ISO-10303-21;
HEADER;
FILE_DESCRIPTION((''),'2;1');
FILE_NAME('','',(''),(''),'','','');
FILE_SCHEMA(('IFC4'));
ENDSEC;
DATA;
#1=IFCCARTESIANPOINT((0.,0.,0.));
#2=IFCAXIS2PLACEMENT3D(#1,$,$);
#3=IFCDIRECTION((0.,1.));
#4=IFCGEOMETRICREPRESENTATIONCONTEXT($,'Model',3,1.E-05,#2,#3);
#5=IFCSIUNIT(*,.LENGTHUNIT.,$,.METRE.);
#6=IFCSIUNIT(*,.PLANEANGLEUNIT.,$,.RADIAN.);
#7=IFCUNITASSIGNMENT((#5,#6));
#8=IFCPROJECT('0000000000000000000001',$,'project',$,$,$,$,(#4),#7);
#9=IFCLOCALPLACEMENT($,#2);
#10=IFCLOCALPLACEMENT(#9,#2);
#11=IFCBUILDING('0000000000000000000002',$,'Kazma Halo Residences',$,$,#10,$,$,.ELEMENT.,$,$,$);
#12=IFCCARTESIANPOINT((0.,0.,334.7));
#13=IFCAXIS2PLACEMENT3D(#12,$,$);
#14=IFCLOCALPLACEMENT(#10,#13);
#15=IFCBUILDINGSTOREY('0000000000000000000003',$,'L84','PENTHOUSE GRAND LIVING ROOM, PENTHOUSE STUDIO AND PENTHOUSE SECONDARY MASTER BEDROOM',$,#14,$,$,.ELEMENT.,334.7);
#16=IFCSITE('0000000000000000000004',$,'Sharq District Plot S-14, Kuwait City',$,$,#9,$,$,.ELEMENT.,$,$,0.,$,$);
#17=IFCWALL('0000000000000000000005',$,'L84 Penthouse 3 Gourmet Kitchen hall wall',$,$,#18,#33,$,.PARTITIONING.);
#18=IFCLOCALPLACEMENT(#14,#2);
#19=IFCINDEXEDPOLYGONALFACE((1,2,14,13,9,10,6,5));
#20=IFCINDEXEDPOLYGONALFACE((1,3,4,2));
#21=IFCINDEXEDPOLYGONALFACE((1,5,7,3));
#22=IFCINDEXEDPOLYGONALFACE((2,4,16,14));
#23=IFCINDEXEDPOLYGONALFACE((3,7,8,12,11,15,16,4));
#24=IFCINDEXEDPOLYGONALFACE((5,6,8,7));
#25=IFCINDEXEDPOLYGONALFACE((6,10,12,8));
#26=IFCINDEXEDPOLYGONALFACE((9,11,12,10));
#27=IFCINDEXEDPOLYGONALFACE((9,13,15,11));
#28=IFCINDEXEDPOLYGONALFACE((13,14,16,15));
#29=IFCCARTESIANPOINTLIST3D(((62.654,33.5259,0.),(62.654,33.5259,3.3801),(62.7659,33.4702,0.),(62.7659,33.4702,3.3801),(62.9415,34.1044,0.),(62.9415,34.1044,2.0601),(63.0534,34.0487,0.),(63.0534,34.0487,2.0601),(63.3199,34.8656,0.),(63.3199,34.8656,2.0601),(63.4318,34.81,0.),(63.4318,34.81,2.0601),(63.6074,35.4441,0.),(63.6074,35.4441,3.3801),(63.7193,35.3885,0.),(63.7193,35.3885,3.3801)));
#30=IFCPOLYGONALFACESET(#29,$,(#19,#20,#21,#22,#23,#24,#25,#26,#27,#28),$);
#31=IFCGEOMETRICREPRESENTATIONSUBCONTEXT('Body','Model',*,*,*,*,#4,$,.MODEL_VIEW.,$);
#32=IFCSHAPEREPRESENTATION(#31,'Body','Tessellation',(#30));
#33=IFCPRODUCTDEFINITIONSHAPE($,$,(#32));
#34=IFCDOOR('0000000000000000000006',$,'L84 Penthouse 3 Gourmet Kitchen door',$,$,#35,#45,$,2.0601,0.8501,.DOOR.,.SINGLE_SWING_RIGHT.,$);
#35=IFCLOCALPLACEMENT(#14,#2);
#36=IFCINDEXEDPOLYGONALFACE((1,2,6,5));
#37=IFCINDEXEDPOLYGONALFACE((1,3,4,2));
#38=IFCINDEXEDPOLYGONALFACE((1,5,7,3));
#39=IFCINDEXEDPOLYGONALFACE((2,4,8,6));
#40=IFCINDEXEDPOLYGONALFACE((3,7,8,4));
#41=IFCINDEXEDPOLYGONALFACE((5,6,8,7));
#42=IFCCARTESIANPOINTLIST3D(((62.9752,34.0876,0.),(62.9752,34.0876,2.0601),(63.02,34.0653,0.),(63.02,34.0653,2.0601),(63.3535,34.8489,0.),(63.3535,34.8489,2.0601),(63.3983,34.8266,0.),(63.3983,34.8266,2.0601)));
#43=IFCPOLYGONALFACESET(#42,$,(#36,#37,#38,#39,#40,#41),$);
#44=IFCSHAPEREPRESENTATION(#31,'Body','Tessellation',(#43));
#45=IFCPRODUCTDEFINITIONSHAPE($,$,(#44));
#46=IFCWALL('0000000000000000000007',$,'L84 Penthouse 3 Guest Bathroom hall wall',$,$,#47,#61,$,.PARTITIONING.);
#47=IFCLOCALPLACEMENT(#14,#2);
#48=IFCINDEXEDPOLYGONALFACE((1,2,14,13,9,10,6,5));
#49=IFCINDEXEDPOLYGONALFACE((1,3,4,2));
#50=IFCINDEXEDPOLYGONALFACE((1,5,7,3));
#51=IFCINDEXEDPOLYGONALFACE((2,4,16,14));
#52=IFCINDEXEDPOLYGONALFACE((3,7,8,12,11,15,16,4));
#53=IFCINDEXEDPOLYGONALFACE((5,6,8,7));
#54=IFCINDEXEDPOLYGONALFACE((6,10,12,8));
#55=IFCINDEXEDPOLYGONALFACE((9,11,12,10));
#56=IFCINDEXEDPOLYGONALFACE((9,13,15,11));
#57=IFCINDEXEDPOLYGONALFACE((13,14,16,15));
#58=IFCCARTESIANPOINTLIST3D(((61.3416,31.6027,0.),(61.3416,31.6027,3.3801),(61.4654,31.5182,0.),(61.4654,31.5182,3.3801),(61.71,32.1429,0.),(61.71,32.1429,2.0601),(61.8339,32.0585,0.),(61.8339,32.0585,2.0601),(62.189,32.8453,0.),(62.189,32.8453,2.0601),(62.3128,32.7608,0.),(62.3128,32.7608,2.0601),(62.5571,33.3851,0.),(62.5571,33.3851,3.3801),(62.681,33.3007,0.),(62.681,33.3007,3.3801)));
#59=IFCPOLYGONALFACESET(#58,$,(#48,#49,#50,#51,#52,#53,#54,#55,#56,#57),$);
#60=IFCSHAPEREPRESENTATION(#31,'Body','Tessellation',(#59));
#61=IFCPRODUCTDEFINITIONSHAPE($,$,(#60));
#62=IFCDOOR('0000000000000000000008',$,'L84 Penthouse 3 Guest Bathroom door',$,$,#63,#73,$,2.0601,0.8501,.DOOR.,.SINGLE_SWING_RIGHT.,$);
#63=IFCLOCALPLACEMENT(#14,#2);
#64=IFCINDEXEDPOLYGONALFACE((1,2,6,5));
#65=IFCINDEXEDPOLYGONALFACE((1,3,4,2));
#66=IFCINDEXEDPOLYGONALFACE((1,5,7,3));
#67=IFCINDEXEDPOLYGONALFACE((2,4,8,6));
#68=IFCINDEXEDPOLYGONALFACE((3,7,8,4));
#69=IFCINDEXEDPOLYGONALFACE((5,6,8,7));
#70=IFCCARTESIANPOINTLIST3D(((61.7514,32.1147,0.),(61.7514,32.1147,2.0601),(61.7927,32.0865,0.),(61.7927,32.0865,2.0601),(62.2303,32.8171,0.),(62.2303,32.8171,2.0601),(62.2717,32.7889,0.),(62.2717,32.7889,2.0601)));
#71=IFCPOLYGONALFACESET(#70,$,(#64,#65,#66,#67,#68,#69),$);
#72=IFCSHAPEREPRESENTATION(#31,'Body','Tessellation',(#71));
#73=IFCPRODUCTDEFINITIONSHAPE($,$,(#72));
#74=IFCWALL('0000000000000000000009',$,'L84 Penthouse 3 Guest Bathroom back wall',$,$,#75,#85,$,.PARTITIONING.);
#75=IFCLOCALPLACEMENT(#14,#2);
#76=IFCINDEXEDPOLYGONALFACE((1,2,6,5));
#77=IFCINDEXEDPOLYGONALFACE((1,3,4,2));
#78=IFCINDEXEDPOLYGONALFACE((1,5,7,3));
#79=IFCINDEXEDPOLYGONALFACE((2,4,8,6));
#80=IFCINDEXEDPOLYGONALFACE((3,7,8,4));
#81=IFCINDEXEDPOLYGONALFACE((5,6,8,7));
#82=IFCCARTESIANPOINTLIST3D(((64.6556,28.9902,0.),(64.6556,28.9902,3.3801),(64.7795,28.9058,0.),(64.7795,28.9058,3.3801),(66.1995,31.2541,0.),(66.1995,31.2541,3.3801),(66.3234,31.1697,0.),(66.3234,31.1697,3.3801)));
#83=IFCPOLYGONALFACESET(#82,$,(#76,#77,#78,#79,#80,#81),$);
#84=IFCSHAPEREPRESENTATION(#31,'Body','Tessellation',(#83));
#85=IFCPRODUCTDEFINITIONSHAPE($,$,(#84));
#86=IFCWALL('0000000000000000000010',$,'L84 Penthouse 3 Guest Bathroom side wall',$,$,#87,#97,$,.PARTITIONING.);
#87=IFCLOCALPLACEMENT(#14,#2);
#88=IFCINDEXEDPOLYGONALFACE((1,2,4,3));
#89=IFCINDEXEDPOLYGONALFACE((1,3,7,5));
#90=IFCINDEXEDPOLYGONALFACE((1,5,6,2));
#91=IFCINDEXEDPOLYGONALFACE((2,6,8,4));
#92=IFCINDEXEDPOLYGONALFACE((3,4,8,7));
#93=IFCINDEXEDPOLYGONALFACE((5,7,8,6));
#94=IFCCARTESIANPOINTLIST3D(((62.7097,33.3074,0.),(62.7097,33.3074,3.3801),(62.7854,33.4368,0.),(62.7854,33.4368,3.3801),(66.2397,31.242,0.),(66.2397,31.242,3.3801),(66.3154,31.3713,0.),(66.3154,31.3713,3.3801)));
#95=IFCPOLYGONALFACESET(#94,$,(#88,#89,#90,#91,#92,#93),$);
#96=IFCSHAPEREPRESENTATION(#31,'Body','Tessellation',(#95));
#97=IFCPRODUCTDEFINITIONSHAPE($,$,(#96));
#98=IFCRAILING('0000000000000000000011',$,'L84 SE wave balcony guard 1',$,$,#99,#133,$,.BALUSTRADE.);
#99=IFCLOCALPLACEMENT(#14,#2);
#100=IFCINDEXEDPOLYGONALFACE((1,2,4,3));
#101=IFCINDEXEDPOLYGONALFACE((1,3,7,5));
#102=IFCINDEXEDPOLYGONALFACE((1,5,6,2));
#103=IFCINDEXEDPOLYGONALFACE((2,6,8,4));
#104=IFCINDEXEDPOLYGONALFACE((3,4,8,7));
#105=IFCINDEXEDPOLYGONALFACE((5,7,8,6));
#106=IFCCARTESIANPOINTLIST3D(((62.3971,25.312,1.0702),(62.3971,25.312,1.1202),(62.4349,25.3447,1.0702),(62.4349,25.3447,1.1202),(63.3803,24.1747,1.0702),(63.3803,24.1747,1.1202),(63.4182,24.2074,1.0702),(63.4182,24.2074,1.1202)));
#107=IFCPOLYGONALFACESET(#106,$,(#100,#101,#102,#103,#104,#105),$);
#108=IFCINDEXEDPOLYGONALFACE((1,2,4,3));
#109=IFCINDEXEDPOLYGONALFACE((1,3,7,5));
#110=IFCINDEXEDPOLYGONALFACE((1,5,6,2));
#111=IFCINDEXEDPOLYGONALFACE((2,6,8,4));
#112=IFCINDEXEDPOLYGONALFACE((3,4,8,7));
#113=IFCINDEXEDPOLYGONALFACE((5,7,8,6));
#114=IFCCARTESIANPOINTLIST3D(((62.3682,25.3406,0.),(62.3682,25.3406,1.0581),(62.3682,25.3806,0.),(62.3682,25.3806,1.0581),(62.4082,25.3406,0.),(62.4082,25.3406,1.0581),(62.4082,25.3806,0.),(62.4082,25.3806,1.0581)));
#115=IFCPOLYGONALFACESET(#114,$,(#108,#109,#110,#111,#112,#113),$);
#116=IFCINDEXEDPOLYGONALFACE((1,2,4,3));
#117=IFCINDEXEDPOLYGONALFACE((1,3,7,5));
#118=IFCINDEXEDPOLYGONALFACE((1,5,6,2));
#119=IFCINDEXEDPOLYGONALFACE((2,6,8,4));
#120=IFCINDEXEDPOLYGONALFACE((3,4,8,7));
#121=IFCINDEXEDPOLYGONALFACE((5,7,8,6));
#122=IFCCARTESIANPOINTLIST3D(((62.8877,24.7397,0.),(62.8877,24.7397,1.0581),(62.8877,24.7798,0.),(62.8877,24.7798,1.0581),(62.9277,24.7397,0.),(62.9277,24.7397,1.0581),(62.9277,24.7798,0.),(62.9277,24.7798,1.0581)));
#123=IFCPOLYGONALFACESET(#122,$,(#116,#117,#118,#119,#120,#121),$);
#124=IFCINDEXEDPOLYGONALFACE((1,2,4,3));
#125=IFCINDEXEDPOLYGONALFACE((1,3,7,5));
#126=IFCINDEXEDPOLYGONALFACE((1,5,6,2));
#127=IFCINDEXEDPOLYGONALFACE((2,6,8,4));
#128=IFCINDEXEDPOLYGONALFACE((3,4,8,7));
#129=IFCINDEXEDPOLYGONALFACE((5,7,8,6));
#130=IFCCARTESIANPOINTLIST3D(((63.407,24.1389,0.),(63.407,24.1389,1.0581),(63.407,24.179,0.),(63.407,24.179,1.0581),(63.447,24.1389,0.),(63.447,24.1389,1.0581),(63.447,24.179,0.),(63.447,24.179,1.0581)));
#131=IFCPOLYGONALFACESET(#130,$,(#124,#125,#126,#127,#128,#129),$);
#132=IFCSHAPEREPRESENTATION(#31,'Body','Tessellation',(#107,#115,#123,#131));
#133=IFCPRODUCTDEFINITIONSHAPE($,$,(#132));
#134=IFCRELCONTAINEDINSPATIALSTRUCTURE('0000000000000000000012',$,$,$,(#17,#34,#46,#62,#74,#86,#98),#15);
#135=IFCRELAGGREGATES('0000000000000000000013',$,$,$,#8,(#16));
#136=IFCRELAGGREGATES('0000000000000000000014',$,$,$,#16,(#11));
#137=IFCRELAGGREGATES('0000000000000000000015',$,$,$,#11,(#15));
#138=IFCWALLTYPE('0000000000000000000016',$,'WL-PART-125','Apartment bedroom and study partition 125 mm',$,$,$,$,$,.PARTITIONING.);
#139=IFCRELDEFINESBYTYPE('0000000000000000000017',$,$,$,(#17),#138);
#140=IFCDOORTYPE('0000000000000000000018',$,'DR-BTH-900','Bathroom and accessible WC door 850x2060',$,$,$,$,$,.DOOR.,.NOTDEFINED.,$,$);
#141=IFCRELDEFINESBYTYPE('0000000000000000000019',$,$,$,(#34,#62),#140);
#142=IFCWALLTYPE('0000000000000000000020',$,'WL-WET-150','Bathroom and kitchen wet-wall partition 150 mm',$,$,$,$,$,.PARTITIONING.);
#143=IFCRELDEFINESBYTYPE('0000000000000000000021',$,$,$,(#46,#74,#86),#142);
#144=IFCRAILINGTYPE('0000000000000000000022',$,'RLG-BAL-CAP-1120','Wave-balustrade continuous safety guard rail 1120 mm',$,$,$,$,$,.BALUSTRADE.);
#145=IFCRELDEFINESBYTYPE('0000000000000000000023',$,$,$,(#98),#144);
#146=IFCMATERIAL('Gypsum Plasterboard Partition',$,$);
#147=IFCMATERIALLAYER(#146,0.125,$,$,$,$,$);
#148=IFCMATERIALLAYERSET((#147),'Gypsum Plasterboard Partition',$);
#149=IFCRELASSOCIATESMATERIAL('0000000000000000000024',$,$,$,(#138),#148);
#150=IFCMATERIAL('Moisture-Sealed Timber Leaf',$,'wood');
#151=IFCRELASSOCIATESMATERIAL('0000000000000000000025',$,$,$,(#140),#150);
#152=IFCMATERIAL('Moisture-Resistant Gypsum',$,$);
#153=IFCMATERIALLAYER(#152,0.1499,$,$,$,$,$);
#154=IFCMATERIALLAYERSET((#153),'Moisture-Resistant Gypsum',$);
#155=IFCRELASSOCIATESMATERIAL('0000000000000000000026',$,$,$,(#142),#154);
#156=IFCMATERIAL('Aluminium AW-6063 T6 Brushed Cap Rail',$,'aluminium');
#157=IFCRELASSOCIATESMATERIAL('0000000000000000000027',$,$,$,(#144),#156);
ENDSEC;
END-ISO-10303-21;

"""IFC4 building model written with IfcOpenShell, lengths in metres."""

from ifc_helpers import new_model, si_unit, direction, frame, frame_2d, origin, origin_2d, place, context, subcontext, project, spatial, rectangle, extrude, material, layer, layer_set, type_object, element, fill, save


model = new_model("IFC4")

# Units and contexts
model_context = context("Model", 3, precision=1e-05, world=origin(), true_north=direction((0.0, 1.0)))
body_context = subcontext(model_context, "Body", "Model", "MODEL_VIEW")
ifc_project = project(units=[si_unit("LENGTHUNIT", "METRE"), si_unit("PLANEANGLEUNIT", "RADIAN")], contexts=[model_context])

# Site, building, storey
site_placement = place(None, origin())
site = spatial("IfcSite", under=ifc_project, at=site_placement, Name="Sharq District Plot S-14, Kuwait City", CompositionType="ELEMENT", RefElevation=0.0)
building_placement = place(site_placement, origin())
building = spatial("IfcBuilding", under=site, at=building_placement, Name="Kazma Halo Residences", CompositionType="ELEMENT")
storey_placement = place(building_placement, frame((0.0, 0.0, 334.7)))
storey = spatial("IfcBuildingStorey", under=building, at=storey_placement, Name="L84", Description="PENTHOUSE GRAND LIVING ROOM, PENTHOUSE STUDIO AND PENTHOUSE SECONDARY MASTER BEDROOM", CompositionType="ELEMENT", Elevation=334.7)

# Shared definitions
ifc_material_1 = material(Name="Gypsum Plasterboard Partition")
ifc_layer_1 = layer(ifc_material_1, 0.125)
ifc_layer_set_1 = layer_set([ifc_layer_1], Name="Gypsum Plasterboard Partition")
wall_type_1 = type_object("IfcWallType", Name="WL-PART-125", Description="Apartment bedroom and study partition 125 mm", PredefinedType="PARTITIONING", material=ifc_layer_set_1)

# Walls, openings, doors
ifc_material_2 = material(Name="Moisture-Sealed Timber Leaf", Category="wood")
door_type_1 = type_object("IfcDoorType", Name="DR-BTH-900", Description="Bathroom and accessible WC door 850x2060", OperationType="NOTDEFINED", PredefinedType="DOOR", material=ifc_material_2)
wall_1_placement = place(storey_placement, frame((62.71, 33.498, 0.0), z_axis=(0.0, 0.0, 1.0), x_axis=(0.44507, 0.895496, 0.0)))
wall_1 = element("IfcWall", 1, at=wall_1_placement, inside=storey, type_object=wall_type_1, Name="L84 Penthouse 3 Gourmet Kitchen hall wall", PredefinedType="PARTITIONING", context=body_context, shape_type="SweptSolid", body=[
    extrude(rectangle(XDim=2.1421, YDim=0.125, at=frame_2d((1.071, 0.0))), origin(), (0.0, 0.0, 1.0), 3.3801),
])
opening_1_placement = place(wall_1_placement, frame((0.646, 0.0, 0.0)))
opening_1 = element("IfcOpeningElement", 2, at=opening_1_placement, cuts=wall_1, PredefinedType="OPENING", context=body_context, shape_type="SweptSolid", body=[
    extrude(rectangle(XDim=0.8501, YDim=2.0601, at=frame_2d((0.425, 1.03))), frame((0.0, 0.0725, 0.0), z_axis=(0.0, -1.0, 0.0), x_axis=(1.0, 0.0, 0.0)), (0.0, 0.0, 1.0), 0.145),
])
door_1_placement = place(opening_1_placement, origin())
door_1 = element("IfcDoor", 3, at=door_1_placement, inside=storey, type_object=door_type_1, Name="L84 Penthouse 3 Gourmet Kitchen door", OperationType="SINGLE_SWING_RIGHT", OverallHeight=2.0601, OverallWidth=0.8501, PredefinedType="DOOR", context=body_context, shape_type="SweptSolid", body=[
    extrude(rectangle(XDim=0.8501, YDim=2.0601, at=frame_2d((0.425, 1.03))), frame((0.0, 0.0249, 0.0), z_axis=(0.0, -1.0, 0.0), x_axis=(1.0, 0.0, 0.0)), (0.0, 0.0, 1.0), 0.05),
])
fill(opening_1, door_1)
ifc_material_3 = material(Name="Moisture-Resistant Gypsum")
ifc_layer_2 = layer(ifc_material_3, 0.1499)
ifc_layer_set_2 = layer_set([ifc_layer_2], Name="Moisture-Resistant Gypsum")
wall_type_2 = type_object("IfcWallType", Name="WL-WET-150", Description="Bathroom and kitchen wet-wall partition 150 mm", PredefinedType="PARTITIONING", material=ifc_layer_set_2)
wall_2_placement = place(storey_placement, frame((61.4036, 31.5605, 0.0), z_axis=(0.0, 0.0, 1.0), x_axis=(0.563418, 0.826172, 0.0)))
wall_2 = element("IfcWall", 4, at=wall_2_placement, inside=storey, type_object=wall_type_2, Name="L84 Penthouse 3 Guest Bathroom hall wall", PredefinedType="PARTITIONING", context=body_context, shape_type="SweptSolid", body=[
    extrude(rectangle(XDim=2.1575, YDim=0.1499, at=frame_2d((1.0786, 0.0))), origin(), (0.0, 0.0, 1.0), 3.3801),
])
opening_2_placement = place(wall_2_placement, frame((0.6538, 0.0, 0.0)))
opening_2 = element("IfcOpeningElement", 5, at=opening_2_placement, cuts=wall_2, PredefinedType="OPENING", context=body_context, shape_type="SweptSolid", body=[
    extrude(rectangle(XDim=0.8501, YDim=2.0601, at=frame_2d((0.425, 1.03))), frame((0.0, 0.085, 0.0), z_axis=(0.0, -1.0, 0.0), x_axis=(1.0, 0.0, 0.0)), (0.0, 0.0, 1.0), 0.1699),
])
door_2_placement = place(opening_2_placement, origin())
door_2 = element("IfcDoor", 6, at=door_2_placement, inside=storey, type_object=door_type_1, Name="L84 Penthouse 3 Guest Bathroom door", OperationType="SINGLE_SWING_RIGHT", OverallHeight=2.0601, OverallWidth=0.8501, PredefinedType="DOOR", context=body_context, shape_type="SweptSolid", body=[
    extrude(rectangle(XDim=0.8501, YDim=2.0601, at=frame_2d((0.425, 1.03))), frame((0.0, 0.0249, 0.0), z_axis=(0.0, -1.0, 0.0), x_axis=(1.0, 0.0, 0.0)), (0.0, 0.0, 1.0), 0.05),
])
fill(opening_2, door_2)

# Walls
wall_3_placement = place(storey_placement, frame((64.7175, 28.948, 0.0), z_axis=(0.0, 0.0, 1.0), x_axis=(0.563428, 0.826165, 0.0)))
element("IfcWall", 7, at=wall_3_placement, inside=storey, type_object=wall_type_2, Name="L84 Penthouse 3 Guest Bathroom back wall", PredefinedType="PARTITIONING", context=body_context, shape_type="SweptSolid", body=[
    extrude(rectangle(XDim=2.7402, YDim=0.1499, at=frame_2d((1.3701, 0.0))), origin(), (0.0, 0.0, 1.0), 3.3801),
])
wall_4_placement = place(storey_placement, frame((62.7476, 33.3721, 0.0), z_axis=(0.0, 0.0, 1.0), x_axis=(0.863113, -0.50501, 0.0)))
element("IfcWall", 8, at=wall_4_placement, inside=storey, type_object=wall_type_2, Name="L84 Penthouse 3 Guest Bathroom side wall", PredefinedType="PARTITIONING", context=body_context, shape_type="SweptSolid", body=[
    extrude(rectangle(XDim=4.0898, YDim=0.1499, at=frame_2d((2.0449, 0.0))), origin(), (0.0, 0.0, 1.0), 3.3801),
])

# Railing
ifc_material_4 = material(Name="Aluminium AW-6063 T6 Brushed Cap Rail", Category="aluminium")
railing_type = type_object("IfcRailingType", Name="RLG-BAL-CAP-1120", Description="Wave-balustrade continuous safety guard rail 1120 mm", PredefinedType="BALUSTRADE", material=ifc_material_4)
railing_1_placement = place(storey_placement, frame((62.3882, 25.3606, 0.0)))
element("IfcRailing", 9, at=railing_1_placement, inside=storey, type_object=railing_type, Name="L84 SE wave balcony guard 1", PredefinedType="BALUSTRADE", context=body_context, shape_type="SweptSolid", body=[
    extrude(rectangle(XDim=0.05, YDim=0.05, at=origin_2d()), frame((0.0278, -0.0322, 1.0952), z_axis=(0.653988, -0.756505, 0.0), x_axis=(0.756505, 0.653988, 0.0)), (0.0, 0.0, 1.0), 1.5034),
    extrude(rectangle(XDim=0.04, YDim=0.04, at=origin_2d()), origin(), (0.0, 0.0, 1.0), 1.0581),
    extrude(rectangle(XDim=0.04, YDim=0.04, at=origin_2d()), frame((0.5195, -0.6008, 0.0)), (0.0, 0.0, 1.0), 1.0581),
    extrude(rectangle(XDim=0.04, YDim=0.04, at=origin_2d()), frame((1.0388, -1.2017, 0.0)), (0.0, 0.0, 1.0), 1.0581),
])

save(model, "model.ifc")
